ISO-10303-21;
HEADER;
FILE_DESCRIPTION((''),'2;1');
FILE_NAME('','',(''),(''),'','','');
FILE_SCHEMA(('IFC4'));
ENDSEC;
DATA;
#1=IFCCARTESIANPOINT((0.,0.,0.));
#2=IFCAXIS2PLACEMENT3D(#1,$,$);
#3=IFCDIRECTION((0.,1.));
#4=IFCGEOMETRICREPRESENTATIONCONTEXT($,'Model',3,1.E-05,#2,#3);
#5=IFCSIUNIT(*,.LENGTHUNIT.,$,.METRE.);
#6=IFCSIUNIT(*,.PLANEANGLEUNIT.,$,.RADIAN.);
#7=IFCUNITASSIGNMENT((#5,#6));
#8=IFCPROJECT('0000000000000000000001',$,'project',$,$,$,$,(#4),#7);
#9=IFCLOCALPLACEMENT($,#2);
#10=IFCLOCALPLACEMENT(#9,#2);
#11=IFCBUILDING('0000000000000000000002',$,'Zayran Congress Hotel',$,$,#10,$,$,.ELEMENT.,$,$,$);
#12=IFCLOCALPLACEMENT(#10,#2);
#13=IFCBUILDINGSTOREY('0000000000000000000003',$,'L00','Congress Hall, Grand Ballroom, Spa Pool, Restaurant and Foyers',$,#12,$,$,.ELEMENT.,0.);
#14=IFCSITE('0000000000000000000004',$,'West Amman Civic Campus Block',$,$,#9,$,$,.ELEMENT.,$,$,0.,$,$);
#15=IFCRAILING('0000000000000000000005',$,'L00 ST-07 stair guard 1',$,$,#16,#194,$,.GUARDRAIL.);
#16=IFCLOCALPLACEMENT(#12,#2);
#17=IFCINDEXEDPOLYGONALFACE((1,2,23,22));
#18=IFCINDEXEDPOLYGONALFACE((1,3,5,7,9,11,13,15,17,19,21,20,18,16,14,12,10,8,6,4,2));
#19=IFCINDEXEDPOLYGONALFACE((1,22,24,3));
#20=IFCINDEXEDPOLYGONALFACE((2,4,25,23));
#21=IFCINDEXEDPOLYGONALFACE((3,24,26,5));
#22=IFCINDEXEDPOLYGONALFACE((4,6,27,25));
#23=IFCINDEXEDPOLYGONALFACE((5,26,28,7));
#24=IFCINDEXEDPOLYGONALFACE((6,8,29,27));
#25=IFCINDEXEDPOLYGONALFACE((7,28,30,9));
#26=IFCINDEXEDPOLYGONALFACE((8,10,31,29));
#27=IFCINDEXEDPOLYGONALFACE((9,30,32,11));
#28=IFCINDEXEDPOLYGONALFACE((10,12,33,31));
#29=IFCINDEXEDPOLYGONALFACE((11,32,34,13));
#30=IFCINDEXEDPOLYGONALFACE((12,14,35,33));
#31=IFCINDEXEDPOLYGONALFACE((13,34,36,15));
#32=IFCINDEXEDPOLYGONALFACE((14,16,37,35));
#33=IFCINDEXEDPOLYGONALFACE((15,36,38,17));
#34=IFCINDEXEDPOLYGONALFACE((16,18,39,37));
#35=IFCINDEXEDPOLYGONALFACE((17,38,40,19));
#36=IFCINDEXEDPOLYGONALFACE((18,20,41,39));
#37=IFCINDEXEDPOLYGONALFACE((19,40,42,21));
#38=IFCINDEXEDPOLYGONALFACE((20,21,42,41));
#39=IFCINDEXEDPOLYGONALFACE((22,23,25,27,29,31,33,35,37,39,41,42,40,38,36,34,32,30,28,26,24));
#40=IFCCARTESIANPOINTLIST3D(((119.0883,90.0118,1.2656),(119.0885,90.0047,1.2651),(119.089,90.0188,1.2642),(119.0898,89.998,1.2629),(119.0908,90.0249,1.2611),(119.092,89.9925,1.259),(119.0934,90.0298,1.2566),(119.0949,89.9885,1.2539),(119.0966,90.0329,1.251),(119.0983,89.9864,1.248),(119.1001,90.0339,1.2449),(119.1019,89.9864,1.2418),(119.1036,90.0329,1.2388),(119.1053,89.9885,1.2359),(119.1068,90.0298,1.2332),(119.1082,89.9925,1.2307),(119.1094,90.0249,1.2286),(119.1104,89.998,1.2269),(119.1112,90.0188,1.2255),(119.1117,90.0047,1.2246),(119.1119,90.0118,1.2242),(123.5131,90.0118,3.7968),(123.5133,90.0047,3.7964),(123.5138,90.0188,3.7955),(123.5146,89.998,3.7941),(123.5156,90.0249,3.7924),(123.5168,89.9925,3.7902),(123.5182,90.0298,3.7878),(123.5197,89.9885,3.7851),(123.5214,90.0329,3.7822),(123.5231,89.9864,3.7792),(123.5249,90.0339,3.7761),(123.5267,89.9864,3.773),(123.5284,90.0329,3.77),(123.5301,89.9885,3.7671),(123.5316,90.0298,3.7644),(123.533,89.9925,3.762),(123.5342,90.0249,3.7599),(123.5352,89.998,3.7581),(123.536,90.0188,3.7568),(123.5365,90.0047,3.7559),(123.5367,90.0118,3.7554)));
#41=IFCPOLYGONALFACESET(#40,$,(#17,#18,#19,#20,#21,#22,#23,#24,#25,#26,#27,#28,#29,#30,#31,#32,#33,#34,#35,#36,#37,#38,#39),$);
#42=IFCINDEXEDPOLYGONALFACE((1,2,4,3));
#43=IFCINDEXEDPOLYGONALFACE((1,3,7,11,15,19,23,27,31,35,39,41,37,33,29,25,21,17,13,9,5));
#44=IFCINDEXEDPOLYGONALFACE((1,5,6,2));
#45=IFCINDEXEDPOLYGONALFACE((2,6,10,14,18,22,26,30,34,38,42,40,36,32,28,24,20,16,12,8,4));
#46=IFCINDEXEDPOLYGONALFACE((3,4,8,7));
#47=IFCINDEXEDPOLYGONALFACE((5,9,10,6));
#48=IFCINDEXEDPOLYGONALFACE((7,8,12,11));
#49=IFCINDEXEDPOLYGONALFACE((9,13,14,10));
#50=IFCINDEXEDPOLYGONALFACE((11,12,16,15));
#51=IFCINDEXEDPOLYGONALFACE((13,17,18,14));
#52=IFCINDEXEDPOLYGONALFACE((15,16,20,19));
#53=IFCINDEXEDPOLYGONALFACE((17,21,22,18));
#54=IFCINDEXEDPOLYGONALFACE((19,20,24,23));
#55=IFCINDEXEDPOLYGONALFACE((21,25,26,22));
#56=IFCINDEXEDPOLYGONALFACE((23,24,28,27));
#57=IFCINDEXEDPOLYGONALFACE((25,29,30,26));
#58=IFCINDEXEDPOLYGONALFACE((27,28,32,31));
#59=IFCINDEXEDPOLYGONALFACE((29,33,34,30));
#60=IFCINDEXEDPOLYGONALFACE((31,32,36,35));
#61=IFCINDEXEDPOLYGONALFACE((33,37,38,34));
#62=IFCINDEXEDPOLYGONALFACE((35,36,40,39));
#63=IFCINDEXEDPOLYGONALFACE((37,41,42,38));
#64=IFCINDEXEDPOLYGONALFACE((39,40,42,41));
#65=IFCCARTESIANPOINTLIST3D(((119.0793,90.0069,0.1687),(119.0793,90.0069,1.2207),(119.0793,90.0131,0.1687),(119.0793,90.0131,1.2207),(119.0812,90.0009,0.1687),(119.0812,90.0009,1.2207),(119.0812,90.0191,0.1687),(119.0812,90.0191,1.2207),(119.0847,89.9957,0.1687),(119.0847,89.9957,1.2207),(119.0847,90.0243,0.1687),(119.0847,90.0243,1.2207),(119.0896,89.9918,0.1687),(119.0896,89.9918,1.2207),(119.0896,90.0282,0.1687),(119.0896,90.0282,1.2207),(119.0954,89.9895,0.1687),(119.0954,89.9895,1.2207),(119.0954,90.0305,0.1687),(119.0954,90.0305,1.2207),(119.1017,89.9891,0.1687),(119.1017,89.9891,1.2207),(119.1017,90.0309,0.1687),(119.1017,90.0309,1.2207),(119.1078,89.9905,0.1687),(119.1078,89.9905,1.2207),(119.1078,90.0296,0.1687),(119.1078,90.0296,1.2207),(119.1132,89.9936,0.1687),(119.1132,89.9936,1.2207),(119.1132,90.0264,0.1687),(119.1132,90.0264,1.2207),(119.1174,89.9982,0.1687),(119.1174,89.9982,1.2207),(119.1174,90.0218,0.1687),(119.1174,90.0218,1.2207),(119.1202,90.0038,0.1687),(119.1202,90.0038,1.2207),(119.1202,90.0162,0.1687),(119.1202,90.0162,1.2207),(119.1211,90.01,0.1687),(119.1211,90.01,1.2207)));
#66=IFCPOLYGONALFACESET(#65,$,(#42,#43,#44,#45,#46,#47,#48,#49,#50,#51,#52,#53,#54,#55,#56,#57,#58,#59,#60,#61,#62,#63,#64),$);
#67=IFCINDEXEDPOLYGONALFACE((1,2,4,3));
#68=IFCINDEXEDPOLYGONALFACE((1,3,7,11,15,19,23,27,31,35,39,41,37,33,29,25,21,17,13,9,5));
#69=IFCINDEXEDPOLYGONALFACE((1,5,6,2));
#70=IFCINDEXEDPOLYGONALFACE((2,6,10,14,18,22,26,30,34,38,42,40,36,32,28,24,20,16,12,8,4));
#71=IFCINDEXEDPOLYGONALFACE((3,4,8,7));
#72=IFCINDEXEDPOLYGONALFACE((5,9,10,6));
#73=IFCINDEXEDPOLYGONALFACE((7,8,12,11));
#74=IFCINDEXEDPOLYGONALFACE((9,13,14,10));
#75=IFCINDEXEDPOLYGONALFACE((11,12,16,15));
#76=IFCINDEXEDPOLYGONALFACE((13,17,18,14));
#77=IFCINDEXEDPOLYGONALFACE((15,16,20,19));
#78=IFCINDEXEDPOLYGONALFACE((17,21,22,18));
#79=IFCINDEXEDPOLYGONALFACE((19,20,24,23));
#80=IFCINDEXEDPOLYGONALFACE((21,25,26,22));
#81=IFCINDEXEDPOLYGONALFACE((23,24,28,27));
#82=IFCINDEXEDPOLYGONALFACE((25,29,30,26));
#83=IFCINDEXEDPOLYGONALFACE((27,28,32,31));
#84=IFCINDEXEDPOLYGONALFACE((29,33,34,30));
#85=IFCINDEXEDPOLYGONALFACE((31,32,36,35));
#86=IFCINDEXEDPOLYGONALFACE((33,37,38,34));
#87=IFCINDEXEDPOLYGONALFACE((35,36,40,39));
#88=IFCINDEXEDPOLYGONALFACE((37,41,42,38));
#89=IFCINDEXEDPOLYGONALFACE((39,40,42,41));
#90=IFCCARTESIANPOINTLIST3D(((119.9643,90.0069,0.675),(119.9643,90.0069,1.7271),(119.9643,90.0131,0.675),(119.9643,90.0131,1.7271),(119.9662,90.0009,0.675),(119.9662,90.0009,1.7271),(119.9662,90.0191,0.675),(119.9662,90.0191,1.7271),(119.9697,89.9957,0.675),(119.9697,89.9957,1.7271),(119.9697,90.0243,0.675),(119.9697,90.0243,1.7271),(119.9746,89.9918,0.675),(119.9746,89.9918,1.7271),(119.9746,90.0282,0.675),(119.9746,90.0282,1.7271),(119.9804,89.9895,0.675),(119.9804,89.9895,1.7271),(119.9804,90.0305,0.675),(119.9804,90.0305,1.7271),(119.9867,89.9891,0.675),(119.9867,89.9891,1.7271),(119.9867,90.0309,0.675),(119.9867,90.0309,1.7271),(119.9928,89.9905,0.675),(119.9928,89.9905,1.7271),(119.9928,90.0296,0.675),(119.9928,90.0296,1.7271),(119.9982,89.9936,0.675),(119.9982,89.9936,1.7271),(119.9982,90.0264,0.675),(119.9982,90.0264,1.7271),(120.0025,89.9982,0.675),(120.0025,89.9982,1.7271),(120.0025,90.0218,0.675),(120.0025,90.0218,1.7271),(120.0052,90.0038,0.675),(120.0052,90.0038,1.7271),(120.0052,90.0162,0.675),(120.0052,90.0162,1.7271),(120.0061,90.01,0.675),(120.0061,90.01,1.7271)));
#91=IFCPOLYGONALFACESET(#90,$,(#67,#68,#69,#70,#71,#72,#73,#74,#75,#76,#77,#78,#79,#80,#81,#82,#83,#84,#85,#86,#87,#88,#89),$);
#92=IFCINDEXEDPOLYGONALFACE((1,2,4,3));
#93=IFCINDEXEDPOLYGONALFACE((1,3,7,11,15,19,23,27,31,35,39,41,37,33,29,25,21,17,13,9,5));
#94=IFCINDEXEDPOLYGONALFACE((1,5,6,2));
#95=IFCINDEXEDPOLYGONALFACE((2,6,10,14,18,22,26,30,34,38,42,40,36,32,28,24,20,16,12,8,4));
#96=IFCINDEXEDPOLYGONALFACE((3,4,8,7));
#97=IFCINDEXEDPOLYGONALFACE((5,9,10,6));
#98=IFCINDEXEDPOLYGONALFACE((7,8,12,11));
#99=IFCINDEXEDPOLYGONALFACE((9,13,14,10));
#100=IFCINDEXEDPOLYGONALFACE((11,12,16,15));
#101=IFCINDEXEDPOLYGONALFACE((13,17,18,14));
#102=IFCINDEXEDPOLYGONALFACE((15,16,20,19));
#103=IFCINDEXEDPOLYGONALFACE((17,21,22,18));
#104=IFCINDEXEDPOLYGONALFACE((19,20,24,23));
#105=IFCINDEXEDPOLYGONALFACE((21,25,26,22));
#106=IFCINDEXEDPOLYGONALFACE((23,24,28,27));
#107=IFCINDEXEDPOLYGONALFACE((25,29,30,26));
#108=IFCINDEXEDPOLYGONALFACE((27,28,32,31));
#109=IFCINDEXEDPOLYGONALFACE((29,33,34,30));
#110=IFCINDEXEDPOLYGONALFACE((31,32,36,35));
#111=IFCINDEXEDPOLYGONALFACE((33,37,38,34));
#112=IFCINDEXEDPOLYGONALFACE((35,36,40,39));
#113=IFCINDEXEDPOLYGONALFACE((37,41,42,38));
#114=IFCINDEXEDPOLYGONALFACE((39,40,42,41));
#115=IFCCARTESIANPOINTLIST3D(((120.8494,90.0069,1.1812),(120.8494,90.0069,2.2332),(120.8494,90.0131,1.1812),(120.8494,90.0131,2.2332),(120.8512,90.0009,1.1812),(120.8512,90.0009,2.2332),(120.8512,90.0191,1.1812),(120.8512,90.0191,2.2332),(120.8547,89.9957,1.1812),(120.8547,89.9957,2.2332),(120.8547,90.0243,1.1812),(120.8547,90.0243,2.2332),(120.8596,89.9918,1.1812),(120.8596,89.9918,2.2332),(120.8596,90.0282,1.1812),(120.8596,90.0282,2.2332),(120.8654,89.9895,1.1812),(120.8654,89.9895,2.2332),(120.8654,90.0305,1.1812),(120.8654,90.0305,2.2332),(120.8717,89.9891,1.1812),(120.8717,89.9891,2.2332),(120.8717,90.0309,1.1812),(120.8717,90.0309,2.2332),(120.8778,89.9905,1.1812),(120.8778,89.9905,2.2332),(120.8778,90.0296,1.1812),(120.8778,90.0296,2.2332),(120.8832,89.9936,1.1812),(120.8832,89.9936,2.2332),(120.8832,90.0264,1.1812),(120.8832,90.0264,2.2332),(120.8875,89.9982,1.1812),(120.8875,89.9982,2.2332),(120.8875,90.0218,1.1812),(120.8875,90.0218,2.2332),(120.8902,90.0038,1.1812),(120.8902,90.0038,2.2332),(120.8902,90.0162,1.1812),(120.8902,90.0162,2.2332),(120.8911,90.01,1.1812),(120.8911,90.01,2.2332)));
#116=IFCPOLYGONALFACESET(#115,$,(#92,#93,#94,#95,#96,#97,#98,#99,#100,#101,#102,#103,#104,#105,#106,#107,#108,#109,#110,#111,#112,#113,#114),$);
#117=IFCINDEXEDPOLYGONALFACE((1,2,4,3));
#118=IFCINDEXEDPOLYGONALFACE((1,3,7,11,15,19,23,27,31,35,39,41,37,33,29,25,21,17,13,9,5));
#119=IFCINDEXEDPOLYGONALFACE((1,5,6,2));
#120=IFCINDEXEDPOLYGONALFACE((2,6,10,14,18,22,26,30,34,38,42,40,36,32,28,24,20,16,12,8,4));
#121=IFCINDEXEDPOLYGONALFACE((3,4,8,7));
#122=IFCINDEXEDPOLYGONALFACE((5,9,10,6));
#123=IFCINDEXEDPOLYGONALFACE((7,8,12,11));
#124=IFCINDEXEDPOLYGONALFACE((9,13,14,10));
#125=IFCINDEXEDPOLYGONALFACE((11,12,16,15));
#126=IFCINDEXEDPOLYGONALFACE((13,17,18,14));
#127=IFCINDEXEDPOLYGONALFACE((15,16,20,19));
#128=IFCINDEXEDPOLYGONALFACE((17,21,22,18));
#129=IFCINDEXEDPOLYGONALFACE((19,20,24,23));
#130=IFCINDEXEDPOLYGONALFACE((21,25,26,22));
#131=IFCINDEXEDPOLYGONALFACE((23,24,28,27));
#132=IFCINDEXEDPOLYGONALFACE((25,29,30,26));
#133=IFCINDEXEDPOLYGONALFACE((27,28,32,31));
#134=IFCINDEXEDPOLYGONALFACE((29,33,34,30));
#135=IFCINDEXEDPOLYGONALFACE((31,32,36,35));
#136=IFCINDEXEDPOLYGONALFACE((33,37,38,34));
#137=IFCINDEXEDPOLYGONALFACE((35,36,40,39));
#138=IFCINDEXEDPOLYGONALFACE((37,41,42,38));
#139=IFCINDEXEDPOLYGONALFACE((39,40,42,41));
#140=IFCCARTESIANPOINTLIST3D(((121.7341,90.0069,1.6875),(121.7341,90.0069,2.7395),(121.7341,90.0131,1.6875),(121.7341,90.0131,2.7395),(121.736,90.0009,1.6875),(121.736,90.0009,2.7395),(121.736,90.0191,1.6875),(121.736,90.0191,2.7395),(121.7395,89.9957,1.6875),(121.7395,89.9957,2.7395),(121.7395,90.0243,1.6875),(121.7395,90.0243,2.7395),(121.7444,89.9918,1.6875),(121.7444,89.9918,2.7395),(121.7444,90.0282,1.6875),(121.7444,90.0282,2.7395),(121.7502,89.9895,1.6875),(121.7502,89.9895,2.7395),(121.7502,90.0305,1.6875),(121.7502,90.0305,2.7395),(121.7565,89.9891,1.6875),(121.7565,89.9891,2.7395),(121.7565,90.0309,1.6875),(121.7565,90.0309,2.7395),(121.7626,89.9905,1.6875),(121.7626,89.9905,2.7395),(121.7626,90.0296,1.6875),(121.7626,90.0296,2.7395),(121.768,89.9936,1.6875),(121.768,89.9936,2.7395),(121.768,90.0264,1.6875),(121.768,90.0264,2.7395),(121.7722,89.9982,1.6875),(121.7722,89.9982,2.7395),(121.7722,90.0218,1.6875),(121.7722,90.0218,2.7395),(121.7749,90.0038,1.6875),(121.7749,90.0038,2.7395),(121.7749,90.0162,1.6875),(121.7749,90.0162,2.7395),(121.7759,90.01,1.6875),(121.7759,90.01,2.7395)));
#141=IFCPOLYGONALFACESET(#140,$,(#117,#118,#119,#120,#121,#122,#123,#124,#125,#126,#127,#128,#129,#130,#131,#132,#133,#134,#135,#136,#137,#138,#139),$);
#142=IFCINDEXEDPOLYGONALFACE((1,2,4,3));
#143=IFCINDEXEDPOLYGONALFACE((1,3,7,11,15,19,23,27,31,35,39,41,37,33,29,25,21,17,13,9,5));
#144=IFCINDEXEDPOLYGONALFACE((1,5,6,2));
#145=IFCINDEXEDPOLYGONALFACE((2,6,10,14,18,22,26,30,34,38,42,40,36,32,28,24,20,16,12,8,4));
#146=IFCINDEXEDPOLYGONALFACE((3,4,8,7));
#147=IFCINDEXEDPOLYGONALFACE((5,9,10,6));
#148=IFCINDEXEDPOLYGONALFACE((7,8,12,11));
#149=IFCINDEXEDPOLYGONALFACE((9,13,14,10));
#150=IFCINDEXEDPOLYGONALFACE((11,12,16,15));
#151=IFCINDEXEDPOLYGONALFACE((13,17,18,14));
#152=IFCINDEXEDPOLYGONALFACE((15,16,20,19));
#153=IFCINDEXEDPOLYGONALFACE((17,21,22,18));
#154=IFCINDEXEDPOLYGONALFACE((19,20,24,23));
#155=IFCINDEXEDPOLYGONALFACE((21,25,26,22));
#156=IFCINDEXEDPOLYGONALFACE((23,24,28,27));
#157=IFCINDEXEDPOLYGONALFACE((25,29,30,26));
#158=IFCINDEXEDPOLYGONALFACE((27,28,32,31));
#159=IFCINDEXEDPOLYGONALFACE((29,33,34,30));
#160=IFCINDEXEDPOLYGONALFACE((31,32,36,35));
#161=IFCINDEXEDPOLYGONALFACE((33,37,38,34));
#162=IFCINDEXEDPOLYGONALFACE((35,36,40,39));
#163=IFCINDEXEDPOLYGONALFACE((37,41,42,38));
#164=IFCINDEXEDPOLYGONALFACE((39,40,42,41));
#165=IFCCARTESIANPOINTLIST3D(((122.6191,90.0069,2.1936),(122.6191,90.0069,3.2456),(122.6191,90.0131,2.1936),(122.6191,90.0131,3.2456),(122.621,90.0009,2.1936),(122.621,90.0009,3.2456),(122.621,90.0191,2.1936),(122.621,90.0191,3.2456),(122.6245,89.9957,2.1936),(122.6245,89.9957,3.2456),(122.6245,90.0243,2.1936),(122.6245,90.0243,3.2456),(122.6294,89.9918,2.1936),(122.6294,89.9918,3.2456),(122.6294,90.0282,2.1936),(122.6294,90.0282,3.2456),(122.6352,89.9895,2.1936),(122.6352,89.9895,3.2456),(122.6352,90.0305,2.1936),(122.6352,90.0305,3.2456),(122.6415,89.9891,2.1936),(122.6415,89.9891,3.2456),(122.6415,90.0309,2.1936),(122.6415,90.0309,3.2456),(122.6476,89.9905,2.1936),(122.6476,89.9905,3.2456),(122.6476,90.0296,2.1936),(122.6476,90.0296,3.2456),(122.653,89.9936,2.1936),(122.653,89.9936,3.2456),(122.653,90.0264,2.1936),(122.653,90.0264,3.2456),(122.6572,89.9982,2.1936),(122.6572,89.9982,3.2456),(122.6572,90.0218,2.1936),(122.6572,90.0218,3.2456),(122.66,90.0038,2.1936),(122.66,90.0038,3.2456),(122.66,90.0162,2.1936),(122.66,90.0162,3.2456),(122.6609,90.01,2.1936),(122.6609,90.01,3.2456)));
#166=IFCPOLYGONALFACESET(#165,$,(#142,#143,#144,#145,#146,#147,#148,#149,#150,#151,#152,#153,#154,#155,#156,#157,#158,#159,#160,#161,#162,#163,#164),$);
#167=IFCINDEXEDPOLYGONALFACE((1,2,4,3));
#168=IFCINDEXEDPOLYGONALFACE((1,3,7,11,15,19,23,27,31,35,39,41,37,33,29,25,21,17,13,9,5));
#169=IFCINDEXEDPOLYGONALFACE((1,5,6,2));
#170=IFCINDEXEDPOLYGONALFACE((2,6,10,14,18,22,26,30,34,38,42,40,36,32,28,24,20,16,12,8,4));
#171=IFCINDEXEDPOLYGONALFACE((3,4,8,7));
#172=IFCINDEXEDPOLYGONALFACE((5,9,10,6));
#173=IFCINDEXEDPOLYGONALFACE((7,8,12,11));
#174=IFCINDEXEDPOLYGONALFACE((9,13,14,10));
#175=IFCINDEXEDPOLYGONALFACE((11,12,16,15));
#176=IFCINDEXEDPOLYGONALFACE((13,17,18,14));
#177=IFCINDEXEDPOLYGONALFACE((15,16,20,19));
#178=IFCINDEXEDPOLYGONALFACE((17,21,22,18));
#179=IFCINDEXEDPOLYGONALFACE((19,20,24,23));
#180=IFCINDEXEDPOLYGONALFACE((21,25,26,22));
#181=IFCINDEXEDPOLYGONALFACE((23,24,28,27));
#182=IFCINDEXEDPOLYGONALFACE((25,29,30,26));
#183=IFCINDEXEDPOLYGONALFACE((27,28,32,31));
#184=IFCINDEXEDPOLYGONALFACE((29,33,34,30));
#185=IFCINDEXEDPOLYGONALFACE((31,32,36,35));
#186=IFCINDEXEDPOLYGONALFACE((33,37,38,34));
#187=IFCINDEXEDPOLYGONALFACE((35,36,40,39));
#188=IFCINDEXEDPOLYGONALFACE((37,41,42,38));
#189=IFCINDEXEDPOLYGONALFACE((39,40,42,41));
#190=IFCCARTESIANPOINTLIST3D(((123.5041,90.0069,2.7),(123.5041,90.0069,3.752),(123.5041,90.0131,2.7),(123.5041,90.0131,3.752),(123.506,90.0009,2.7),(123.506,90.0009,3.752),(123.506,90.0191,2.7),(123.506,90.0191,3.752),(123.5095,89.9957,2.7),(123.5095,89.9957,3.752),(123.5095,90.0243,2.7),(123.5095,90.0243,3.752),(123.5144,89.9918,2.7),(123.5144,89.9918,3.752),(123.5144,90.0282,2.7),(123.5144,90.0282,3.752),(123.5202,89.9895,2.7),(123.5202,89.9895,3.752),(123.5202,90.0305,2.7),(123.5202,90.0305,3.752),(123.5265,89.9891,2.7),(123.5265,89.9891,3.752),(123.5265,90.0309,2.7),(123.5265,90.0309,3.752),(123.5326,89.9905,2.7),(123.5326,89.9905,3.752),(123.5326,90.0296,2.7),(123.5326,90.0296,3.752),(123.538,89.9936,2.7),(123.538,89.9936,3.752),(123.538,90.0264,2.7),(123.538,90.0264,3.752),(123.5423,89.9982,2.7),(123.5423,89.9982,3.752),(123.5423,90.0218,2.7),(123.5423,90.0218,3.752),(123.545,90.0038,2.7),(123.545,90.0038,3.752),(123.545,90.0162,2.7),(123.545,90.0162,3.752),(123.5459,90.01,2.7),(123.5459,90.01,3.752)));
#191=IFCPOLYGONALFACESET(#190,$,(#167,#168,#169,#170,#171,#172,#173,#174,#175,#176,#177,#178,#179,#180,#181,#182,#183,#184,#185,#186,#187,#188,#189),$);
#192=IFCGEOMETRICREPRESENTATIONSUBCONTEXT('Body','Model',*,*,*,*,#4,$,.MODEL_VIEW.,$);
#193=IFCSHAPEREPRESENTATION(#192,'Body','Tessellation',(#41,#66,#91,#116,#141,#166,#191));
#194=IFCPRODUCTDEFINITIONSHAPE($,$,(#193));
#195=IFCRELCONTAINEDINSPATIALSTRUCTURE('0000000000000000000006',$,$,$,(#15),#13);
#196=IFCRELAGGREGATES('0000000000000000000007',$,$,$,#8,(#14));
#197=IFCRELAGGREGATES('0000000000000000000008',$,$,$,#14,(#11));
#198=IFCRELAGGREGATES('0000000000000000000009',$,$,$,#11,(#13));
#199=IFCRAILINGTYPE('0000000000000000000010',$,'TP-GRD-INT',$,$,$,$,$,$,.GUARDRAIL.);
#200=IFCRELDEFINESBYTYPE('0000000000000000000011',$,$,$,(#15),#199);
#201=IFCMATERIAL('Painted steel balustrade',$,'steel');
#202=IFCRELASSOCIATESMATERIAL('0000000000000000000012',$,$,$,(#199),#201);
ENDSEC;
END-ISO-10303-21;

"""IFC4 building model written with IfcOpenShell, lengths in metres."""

from ifc_helpers import new_model, si_unit, direction, frame, origin, origin_2d, place, context, subcontext, project, spatial, circle, extrude, material, type_object, element, save


model = new_model("IFC4")

# Units and contexts
model_context = context("Model", 3, precision=1e-05, world=origin(), true_north=direction((0.0, 1.0)))
body_context = subcontext(model_context, "Body", "Model", "MODEL_VIEW")
ifc_project = project(units=[si_unit("LENGTHUNIT", "METRE"), si_unit("PLANEANGLEUNIT", "RADIAN")], contexts=[model_context])

# Site, building, storey
site_placement = place(None, origin())
site = spatial("IfcSite", under=ifc_project, at=site_placement, Name="West Amman Civic Campus Block", CompositionType="ELEMENT", RefElevation=0.0)
building_placement = place(site_placement, origin())
building = spatial("IfcBuilding", under=site, at=building_placement, Name="Zayran Congress Hotel", CompositionType="ELEMENT")
storey_placement = place(building_placement, origin())
storey = spatial("IfcBuildingStorey", under=building, at=storey_placement, Name="L00", Description="Congress Hall, Grand Ballroom, Spa Pool, Restaurant and Foyers", CompositionType="ELEMENT", Elevation=0.0)

# Railing
ifc_material_1 = material(Name="Painted steel balustrade", Category="steel")
railing_type_1 = type_object("IfcRailingType", Name="TP-GRD-INT", PredefinedType="GUARDRAIL", material=ifc_material_1)
railing_1_placement = place(storey_placement, frame((119.1001, 90.01, 0.1687)))
element("IfcRailing", 1, at=railing_1_placement, inside=storey, type_object=railing_type_1, Name="L00 ST-07 stair guard 1", PredefinedType="GUARDRAIL", context=body_context, shape_type="SweptSolid", body=[
    extrude(circle(Radius=0.0239, at=origin_2d()), frame((0.0, 0.0, 1.0762), z_axis=(0.868007, 0.0, 0.496551), x_axis=(0.0, 1.0, 0.0)), (0.0, 0.0, 1.0), 5.0977),
    extrude(circle(Radius=0.021, at=origin_2d()), origin(), (0.0, 0.0, 1.0), 1.052),
    extrude(circle(Radius=0.021, at=origin_2d()), frame((0.885, 0.0, 0.5063)), (0.0, 0.0, 1.0), 1.052),
    extrude(circle(Radius=0.021, at=origin_2d()), frame((1.77, 0.0, 1.0125)), (0.0, 0.0, 1.0), 1.052),
    extrude(circle(Radius=0.021, at=origin_2d()), frame((2.6548, 0.0, 1.5188)), (0.0, 0.0, 1.0), 1.052),
    extrude(circle(Radius=0.021, at=origin_2d()), frame((3.5398, 0.0, 2.0249)), (0.0, 0.0, 1.0), 1.052),
    extrude(circle(Radius=0.021, at=origin_2d()), frame((4.4248, 0.0, 2.5312)), (0.0, 0.0, 1.0), 1.052),
])

save(model, "model.ifc")
